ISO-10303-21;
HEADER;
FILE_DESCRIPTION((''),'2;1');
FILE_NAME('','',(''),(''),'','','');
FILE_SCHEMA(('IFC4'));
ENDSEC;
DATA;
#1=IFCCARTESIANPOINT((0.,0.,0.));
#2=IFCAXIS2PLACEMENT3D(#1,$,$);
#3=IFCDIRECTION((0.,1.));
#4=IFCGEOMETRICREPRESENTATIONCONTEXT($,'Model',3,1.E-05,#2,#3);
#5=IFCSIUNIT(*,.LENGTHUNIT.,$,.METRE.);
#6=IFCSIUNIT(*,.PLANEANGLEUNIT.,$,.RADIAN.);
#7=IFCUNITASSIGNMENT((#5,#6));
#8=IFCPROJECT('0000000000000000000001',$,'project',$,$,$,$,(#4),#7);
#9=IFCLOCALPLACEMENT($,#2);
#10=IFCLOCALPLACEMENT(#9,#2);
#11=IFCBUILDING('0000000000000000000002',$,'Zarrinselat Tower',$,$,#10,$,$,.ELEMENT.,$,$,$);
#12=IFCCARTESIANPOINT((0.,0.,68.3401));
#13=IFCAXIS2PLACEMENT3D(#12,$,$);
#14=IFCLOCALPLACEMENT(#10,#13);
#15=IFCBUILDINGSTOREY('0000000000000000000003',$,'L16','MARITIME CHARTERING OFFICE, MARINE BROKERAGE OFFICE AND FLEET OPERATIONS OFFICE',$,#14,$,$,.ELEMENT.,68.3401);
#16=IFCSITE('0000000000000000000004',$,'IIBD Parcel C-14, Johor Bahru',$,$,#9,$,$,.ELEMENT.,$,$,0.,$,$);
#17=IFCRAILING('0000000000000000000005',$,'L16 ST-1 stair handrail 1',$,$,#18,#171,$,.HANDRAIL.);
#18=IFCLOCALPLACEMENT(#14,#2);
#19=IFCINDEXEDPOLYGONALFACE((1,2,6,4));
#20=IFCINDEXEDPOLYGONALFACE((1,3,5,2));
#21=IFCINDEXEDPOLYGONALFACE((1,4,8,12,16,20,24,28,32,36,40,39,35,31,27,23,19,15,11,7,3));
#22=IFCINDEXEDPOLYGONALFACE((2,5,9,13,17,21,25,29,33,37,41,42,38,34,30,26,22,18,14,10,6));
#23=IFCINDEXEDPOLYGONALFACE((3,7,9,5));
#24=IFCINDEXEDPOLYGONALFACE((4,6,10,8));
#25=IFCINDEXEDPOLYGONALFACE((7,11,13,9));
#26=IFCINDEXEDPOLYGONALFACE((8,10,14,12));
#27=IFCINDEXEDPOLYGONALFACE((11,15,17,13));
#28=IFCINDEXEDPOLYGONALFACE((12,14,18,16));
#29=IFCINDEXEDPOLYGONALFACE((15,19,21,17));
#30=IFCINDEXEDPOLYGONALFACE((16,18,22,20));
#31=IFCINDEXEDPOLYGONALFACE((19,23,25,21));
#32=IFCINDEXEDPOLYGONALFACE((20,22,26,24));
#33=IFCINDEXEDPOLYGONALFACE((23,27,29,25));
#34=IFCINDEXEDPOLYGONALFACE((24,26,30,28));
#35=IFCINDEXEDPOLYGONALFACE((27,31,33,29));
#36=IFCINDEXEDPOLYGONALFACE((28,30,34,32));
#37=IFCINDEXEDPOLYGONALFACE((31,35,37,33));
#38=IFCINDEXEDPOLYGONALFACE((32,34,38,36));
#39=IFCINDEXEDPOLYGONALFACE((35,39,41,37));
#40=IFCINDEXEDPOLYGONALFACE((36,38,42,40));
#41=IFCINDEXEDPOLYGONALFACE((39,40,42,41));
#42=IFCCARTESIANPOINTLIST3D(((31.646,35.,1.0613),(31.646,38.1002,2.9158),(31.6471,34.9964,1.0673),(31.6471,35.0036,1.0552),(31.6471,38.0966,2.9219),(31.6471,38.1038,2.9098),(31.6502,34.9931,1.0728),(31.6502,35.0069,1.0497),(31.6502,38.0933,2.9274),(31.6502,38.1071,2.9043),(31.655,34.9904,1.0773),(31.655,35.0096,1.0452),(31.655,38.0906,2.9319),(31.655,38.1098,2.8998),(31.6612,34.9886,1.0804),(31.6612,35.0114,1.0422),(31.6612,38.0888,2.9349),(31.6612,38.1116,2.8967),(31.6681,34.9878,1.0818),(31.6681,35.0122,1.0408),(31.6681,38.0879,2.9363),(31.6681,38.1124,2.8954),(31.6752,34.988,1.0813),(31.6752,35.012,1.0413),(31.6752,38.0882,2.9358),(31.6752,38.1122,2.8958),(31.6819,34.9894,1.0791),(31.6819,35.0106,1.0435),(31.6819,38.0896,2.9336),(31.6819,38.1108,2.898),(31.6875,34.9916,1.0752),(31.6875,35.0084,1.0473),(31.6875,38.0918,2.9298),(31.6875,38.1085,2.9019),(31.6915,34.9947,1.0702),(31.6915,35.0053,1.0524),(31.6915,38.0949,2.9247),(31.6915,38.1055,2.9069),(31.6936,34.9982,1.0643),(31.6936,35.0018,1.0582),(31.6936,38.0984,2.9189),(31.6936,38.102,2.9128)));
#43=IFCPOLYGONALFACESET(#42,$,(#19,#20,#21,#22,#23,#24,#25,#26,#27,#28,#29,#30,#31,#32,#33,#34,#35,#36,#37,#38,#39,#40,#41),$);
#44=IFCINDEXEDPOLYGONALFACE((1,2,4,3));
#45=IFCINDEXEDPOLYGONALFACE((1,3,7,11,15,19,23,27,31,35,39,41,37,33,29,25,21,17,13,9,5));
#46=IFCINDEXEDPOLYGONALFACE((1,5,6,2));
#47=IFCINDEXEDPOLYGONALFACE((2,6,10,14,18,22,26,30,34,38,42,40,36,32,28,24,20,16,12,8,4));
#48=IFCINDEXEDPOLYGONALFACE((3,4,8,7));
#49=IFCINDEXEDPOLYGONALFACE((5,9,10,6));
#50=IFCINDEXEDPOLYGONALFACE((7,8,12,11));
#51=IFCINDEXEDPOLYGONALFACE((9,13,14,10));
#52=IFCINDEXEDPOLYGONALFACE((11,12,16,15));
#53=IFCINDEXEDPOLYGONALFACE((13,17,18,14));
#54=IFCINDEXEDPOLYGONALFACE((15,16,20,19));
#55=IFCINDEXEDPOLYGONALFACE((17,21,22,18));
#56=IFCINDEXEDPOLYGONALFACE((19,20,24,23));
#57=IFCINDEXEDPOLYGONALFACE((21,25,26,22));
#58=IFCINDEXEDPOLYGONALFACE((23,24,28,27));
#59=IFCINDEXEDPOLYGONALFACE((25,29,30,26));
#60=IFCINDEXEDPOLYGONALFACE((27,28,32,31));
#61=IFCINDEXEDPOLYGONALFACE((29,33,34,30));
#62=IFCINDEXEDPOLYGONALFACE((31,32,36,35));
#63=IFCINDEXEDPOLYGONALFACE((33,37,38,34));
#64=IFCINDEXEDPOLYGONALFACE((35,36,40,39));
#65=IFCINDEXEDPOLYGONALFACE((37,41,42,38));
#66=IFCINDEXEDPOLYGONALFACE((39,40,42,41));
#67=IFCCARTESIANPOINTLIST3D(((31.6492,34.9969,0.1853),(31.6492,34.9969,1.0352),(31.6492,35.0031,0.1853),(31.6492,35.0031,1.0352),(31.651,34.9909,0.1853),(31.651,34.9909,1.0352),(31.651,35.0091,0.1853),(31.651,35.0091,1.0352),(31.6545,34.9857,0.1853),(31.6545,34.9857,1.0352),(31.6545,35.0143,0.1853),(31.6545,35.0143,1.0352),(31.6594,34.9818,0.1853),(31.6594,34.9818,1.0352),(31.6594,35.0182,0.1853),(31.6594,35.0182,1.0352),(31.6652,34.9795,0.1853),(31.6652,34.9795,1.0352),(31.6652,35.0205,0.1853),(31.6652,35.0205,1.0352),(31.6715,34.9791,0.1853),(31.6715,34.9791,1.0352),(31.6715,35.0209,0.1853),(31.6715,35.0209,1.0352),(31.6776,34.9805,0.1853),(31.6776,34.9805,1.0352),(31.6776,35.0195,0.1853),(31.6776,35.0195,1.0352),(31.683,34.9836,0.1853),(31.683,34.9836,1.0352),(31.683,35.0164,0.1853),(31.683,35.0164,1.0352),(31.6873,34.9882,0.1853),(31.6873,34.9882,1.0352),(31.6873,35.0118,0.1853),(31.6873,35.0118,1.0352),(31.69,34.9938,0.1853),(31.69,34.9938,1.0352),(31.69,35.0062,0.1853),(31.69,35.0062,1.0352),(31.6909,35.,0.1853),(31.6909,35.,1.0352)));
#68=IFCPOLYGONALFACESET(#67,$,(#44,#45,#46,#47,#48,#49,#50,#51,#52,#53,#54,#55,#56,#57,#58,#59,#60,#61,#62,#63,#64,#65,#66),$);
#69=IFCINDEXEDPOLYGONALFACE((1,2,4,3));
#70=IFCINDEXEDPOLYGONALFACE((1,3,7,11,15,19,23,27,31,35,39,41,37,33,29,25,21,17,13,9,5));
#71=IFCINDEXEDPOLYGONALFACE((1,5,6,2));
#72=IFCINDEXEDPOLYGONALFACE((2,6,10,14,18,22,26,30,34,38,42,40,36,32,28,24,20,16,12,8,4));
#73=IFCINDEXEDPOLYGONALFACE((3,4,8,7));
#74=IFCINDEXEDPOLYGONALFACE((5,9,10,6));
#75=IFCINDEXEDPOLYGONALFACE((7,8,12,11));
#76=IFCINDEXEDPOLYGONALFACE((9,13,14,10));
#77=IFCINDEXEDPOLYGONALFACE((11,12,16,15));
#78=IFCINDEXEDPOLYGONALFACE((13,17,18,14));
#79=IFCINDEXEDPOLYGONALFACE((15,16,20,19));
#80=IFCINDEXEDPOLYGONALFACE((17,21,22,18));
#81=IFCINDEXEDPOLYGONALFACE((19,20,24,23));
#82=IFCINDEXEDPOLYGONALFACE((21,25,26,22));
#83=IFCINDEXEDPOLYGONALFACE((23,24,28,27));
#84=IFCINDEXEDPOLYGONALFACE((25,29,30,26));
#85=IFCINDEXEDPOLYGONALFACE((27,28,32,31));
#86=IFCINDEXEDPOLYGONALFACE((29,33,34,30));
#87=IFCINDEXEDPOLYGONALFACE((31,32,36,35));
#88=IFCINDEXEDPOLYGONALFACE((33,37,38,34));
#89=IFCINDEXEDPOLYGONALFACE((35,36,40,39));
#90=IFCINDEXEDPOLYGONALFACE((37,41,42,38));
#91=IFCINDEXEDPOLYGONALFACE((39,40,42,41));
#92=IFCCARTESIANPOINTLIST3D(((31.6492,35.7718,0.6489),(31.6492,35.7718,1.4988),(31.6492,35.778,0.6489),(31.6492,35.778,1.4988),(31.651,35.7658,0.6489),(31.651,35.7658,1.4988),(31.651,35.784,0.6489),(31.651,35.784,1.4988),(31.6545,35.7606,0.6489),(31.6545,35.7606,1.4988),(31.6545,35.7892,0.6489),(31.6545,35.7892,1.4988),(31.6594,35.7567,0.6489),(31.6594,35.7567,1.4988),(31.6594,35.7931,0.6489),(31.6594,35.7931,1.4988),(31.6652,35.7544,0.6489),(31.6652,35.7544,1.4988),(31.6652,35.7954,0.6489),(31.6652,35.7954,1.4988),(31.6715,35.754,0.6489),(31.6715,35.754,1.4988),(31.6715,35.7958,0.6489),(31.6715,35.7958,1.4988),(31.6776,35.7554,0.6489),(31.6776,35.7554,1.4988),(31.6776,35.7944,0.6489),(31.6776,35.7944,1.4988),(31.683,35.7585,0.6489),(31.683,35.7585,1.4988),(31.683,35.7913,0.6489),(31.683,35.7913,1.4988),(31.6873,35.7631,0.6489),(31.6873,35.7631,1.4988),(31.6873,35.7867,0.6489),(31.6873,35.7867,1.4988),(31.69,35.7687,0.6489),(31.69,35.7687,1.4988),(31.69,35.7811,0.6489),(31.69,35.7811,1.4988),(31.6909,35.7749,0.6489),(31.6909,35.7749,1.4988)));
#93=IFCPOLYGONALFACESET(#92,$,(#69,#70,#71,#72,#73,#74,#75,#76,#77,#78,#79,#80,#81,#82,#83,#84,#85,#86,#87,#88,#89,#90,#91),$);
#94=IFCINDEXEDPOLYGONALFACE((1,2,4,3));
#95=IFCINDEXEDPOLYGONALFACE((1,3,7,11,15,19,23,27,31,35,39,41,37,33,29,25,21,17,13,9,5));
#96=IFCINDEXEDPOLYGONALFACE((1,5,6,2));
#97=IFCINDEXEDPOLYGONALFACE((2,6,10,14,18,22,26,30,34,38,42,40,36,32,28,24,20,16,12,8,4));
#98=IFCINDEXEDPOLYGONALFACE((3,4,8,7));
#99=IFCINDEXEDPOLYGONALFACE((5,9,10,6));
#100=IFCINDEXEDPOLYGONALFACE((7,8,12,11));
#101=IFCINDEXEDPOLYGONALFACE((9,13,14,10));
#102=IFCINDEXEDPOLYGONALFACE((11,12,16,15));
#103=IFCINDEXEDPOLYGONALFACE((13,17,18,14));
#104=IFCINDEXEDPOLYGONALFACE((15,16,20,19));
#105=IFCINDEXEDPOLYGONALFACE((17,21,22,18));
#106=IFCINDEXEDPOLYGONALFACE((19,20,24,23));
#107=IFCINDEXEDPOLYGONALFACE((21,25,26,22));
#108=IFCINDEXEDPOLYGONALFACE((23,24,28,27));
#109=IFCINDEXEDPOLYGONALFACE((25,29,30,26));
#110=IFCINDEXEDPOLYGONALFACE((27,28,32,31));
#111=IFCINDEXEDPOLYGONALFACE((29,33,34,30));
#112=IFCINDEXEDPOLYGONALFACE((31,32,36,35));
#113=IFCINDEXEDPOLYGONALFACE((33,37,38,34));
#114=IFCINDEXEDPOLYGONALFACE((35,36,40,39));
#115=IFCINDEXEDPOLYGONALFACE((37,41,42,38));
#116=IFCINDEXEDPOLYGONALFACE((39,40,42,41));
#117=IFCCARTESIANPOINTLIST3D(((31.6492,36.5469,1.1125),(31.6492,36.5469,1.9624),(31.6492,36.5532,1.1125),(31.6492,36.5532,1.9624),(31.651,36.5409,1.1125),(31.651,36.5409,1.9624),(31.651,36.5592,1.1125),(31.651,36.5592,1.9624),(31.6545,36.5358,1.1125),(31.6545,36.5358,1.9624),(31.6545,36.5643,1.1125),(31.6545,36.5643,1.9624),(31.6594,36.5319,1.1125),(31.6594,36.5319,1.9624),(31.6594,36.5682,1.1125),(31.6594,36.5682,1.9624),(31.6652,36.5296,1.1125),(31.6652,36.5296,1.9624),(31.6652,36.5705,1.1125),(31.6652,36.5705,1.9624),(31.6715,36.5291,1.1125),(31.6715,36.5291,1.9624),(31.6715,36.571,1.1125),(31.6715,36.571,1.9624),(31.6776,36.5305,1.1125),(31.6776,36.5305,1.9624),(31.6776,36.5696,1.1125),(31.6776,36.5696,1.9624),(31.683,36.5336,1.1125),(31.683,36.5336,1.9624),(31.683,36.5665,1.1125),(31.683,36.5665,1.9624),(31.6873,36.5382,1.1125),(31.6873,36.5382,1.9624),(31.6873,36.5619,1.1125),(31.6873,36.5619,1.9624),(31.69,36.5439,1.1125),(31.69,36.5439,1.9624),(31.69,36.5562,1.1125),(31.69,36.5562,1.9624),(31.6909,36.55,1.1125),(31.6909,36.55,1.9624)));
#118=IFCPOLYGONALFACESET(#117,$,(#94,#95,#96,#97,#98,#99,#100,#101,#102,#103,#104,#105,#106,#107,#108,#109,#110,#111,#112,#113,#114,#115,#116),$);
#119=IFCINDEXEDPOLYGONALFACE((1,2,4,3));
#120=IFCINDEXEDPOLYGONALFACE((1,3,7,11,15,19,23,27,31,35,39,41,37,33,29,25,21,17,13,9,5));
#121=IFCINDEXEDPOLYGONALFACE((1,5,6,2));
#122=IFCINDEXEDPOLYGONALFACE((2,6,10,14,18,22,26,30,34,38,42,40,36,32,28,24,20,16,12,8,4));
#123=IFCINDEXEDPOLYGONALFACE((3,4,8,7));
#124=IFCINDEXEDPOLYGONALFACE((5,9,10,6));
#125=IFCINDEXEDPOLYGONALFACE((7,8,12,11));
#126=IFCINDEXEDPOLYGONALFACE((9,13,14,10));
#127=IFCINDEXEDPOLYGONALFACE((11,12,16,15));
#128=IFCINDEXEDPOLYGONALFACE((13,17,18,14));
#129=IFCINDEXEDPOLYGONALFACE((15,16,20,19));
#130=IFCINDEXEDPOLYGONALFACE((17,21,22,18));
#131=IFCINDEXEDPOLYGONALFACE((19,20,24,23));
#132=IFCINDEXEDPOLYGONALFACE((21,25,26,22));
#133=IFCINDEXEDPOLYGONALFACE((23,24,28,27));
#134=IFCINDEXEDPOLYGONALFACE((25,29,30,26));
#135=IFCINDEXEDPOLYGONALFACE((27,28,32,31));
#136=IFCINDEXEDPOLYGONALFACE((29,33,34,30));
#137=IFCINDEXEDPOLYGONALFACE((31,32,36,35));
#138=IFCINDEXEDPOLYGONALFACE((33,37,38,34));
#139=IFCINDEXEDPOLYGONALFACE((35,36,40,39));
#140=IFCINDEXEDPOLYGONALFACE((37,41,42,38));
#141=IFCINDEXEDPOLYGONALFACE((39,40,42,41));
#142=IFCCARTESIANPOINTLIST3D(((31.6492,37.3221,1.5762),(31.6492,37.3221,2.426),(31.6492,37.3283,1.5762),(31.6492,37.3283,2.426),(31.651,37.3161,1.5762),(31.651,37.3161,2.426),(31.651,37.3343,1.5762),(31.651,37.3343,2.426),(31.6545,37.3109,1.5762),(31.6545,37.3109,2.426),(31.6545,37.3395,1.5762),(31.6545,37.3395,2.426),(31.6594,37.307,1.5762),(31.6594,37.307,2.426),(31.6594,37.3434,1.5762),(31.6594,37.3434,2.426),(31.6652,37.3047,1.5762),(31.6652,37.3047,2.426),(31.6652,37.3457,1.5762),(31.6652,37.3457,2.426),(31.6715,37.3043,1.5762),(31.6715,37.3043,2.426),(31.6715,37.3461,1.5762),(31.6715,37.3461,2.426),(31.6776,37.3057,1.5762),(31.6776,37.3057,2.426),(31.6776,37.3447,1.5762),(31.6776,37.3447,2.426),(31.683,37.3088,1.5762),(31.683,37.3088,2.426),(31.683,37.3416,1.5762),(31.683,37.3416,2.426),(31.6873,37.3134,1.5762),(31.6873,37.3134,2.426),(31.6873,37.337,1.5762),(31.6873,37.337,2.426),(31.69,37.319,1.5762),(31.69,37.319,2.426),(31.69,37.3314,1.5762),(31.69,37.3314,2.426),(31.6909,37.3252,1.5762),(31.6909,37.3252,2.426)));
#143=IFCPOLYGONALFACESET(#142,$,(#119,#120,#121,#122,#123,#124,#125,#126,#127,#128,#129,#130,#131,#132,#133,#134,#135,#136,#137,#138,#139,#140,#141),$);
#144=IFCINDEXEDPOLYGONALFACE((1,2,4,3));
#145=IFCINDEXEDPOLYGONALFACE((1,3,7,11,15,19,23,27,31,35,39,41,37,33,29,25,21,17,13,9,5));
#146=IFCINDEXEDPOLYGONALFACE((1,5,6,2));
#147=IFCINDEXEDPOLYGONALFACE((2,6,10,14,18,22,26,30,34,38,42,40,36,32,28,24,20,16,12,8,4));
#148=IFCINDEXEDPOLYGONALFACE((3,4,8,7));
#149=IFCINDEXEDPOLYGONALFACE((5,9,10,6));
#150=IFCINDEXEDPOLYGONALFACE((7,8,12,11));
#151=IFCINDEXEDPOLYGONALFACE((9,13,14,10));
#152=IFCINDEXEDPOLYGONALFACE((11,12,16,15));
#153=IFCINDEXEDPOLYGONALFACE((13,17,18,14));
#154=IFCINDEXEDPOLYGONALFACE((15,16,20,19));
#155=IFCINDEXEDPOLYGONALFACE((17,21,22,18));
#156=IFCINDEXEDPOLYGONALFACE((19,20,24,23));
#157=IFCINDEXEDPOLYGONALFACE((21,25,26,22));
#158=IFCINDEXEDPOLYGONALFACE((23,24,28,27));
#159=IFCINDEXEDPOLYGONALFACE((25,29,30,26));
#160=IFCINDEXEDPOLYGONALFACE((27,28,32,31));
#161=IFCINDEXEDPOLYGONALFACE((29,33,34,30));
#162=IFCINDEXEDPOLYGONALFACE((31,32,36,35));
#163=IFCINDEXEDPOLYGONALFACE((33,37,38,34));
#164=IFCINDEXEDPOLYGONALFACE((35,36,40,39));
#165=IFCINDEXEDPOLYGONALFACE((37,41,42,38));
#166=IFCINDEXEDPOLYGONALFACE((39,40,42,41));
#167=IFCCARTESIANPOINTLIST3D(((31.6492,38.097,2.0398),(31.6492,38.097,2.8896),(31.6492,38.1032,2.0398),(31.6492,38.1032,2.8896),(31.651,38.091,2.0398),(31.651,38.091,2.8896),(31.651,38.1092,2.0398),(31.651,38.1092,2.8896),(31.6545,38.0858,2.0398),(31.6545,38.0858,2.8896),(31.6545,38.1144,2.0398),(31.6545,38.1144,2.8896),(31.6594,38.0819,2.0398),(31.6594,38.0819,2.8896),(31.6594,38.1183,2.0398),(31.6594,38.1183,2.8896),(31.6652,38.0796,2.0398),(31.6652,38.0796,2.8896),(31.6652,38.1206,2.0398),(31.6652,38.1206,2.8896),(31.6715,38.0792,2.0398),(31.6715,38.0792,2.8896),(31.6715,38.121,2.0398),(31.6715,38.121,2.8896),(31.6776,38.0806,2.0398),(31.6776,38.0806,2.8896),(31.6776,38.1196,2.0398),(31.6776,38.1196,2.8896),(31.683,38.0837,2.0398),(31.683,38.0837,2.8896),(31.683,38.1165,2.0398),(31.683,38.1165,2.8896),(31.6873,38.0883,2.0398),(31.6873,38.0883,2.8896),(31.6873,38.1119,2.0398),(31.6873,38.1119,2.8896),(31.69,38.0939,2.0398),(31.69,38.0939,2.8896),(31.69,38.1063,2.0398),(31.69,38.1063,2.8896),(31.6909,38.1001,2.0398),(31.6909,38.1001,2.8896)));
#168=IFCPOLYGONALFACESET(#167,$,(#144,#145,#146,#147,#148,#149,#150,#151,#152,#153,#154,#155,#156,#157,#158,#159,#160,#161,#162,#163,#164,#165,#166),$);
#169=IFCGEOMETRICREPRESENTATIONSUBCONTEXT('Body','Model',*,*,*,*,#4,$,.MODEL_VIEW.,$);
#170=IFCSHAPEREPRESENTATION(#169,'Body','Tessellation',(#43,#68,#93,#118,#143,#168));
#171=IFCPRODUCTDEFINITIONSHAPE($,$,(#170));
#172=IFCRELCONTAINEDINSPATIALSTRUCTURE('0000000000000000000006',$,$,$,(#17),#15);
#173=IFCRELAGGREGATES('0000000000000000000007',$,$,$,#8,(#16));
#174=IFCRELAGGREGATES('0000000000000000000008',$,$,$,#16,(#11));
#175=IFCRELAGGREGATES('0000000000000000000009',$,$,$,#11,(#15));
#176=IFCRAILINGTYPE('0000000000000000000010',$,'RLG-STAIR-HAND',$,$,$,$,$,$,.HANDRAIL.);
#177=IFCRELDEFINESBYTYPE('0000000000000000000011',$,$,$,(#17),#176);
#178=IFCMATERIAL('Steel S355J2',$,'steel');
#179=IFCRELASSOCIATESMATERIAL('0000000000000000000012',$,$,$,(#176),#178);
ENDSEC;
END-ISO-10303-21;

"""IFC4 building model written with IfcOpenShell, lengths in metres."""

from ifc_helpers import new_model, si_unit, direction, frame, origin, origin_2d, place, context, subcontext, project, spatial, circle, extrude, material, type_object, element, save


model = new_model("IFC4")

# Units and contexts
model_context = context("Model", 3, precision=1e-05, world=origin(), true_north=direction((0.0, 1.0)))
body_context = subcontext(model_context, "Body", "Model", "MODEL_VIEW")
ifc_project = project(units=[si_unit("LENGTHUNIT", "METRE"), si_unit("PLANEANGLEUNIT", "RADIAN")], contexts=[model_context])

# Site, building, storey
site_placement = place(None, origin())
site = spatial("IfcSite", under=ifc_project, at=site_placement, Name="IIBD Parcel C-14, Johor Bahru", CompositionType="ELEMENT", RefElevation=0.0)
building_placement = place(site_placement, origin())
building = spatial("IfcBuilding", under=site, at=building_placement, Name="Zarrinselat Tower", CompositionType="ELEMENT")
storey_placement = place(building_placement, frame((0.0, 0.0, 68.3401)))
storey = spatial("IfcBuildingStorey", under=building, at=storey_placement, Name="L16", Description="MARITIME CHARTERING OFFICE, MARINE BROKERAGE OFFICE AND FLEET OPERATIONS OFFICE", CompositionType="ELEMENT", Elevation=68.3401)

# Railing
ifc_material_1 = material(Name="Steel S355J2", Category="steel")
railing_type_1 = type_object("IfcRailingType", Name="RLG-STAIR-HAND", PredefinedType="HANDRAIL", material=ifc_material_1)
railing_1_placement = place(storey_placement, frame((31.6699, 35.0, 0.1853)))
element("IfcRailing", 1, at=railing_1_placement, inside=storey, type_object=railing_type_1, Name="L16 ST-1 stair handrail 1", PredefinedType="HANDRAIL", context=body_context, shape_type="SweptSolid", body=[
    extrude(circle(Radius=0.0239, at=origin_2d()), frame((0.0, 0.0, 0.876), z_axis=(0.0, 0.858172, 0.513362), x_axis=(-1.0, 0.0, 0.0)), (0.0, 0.0, 1.0), 3.6125),
    extrude(circle(Radius=0.021, at=origin_2d()), origin(), (0.0, 0.0, 1.0), 0.8499),
    extrude(circle(Radius=0.021, at=origin_2d()), frame((0.0, 0.7749, 0.4636)), (0.0, 0.0, 1.0), 0.8499),
    extrude(circle(Radius=0.021, at=origin_2d()), frame((0.0, 1.55, 0.9272)), (0.0, 0.0, 1.0), 0.8499),
    extrude(circle(Radius=0.021, at=origin_2d()), frame((0.0, 2.3252, 1.3909)), (0.0, 0.0, 1.0), 0.8499),
    extrude(circle(Radius=0.021, at=origin_2d()), frame((0.0, 3.1001, 1.8545)), (0.0, 0.0, 1.0), 0.8499),
])

save(model, "model.ifc")
